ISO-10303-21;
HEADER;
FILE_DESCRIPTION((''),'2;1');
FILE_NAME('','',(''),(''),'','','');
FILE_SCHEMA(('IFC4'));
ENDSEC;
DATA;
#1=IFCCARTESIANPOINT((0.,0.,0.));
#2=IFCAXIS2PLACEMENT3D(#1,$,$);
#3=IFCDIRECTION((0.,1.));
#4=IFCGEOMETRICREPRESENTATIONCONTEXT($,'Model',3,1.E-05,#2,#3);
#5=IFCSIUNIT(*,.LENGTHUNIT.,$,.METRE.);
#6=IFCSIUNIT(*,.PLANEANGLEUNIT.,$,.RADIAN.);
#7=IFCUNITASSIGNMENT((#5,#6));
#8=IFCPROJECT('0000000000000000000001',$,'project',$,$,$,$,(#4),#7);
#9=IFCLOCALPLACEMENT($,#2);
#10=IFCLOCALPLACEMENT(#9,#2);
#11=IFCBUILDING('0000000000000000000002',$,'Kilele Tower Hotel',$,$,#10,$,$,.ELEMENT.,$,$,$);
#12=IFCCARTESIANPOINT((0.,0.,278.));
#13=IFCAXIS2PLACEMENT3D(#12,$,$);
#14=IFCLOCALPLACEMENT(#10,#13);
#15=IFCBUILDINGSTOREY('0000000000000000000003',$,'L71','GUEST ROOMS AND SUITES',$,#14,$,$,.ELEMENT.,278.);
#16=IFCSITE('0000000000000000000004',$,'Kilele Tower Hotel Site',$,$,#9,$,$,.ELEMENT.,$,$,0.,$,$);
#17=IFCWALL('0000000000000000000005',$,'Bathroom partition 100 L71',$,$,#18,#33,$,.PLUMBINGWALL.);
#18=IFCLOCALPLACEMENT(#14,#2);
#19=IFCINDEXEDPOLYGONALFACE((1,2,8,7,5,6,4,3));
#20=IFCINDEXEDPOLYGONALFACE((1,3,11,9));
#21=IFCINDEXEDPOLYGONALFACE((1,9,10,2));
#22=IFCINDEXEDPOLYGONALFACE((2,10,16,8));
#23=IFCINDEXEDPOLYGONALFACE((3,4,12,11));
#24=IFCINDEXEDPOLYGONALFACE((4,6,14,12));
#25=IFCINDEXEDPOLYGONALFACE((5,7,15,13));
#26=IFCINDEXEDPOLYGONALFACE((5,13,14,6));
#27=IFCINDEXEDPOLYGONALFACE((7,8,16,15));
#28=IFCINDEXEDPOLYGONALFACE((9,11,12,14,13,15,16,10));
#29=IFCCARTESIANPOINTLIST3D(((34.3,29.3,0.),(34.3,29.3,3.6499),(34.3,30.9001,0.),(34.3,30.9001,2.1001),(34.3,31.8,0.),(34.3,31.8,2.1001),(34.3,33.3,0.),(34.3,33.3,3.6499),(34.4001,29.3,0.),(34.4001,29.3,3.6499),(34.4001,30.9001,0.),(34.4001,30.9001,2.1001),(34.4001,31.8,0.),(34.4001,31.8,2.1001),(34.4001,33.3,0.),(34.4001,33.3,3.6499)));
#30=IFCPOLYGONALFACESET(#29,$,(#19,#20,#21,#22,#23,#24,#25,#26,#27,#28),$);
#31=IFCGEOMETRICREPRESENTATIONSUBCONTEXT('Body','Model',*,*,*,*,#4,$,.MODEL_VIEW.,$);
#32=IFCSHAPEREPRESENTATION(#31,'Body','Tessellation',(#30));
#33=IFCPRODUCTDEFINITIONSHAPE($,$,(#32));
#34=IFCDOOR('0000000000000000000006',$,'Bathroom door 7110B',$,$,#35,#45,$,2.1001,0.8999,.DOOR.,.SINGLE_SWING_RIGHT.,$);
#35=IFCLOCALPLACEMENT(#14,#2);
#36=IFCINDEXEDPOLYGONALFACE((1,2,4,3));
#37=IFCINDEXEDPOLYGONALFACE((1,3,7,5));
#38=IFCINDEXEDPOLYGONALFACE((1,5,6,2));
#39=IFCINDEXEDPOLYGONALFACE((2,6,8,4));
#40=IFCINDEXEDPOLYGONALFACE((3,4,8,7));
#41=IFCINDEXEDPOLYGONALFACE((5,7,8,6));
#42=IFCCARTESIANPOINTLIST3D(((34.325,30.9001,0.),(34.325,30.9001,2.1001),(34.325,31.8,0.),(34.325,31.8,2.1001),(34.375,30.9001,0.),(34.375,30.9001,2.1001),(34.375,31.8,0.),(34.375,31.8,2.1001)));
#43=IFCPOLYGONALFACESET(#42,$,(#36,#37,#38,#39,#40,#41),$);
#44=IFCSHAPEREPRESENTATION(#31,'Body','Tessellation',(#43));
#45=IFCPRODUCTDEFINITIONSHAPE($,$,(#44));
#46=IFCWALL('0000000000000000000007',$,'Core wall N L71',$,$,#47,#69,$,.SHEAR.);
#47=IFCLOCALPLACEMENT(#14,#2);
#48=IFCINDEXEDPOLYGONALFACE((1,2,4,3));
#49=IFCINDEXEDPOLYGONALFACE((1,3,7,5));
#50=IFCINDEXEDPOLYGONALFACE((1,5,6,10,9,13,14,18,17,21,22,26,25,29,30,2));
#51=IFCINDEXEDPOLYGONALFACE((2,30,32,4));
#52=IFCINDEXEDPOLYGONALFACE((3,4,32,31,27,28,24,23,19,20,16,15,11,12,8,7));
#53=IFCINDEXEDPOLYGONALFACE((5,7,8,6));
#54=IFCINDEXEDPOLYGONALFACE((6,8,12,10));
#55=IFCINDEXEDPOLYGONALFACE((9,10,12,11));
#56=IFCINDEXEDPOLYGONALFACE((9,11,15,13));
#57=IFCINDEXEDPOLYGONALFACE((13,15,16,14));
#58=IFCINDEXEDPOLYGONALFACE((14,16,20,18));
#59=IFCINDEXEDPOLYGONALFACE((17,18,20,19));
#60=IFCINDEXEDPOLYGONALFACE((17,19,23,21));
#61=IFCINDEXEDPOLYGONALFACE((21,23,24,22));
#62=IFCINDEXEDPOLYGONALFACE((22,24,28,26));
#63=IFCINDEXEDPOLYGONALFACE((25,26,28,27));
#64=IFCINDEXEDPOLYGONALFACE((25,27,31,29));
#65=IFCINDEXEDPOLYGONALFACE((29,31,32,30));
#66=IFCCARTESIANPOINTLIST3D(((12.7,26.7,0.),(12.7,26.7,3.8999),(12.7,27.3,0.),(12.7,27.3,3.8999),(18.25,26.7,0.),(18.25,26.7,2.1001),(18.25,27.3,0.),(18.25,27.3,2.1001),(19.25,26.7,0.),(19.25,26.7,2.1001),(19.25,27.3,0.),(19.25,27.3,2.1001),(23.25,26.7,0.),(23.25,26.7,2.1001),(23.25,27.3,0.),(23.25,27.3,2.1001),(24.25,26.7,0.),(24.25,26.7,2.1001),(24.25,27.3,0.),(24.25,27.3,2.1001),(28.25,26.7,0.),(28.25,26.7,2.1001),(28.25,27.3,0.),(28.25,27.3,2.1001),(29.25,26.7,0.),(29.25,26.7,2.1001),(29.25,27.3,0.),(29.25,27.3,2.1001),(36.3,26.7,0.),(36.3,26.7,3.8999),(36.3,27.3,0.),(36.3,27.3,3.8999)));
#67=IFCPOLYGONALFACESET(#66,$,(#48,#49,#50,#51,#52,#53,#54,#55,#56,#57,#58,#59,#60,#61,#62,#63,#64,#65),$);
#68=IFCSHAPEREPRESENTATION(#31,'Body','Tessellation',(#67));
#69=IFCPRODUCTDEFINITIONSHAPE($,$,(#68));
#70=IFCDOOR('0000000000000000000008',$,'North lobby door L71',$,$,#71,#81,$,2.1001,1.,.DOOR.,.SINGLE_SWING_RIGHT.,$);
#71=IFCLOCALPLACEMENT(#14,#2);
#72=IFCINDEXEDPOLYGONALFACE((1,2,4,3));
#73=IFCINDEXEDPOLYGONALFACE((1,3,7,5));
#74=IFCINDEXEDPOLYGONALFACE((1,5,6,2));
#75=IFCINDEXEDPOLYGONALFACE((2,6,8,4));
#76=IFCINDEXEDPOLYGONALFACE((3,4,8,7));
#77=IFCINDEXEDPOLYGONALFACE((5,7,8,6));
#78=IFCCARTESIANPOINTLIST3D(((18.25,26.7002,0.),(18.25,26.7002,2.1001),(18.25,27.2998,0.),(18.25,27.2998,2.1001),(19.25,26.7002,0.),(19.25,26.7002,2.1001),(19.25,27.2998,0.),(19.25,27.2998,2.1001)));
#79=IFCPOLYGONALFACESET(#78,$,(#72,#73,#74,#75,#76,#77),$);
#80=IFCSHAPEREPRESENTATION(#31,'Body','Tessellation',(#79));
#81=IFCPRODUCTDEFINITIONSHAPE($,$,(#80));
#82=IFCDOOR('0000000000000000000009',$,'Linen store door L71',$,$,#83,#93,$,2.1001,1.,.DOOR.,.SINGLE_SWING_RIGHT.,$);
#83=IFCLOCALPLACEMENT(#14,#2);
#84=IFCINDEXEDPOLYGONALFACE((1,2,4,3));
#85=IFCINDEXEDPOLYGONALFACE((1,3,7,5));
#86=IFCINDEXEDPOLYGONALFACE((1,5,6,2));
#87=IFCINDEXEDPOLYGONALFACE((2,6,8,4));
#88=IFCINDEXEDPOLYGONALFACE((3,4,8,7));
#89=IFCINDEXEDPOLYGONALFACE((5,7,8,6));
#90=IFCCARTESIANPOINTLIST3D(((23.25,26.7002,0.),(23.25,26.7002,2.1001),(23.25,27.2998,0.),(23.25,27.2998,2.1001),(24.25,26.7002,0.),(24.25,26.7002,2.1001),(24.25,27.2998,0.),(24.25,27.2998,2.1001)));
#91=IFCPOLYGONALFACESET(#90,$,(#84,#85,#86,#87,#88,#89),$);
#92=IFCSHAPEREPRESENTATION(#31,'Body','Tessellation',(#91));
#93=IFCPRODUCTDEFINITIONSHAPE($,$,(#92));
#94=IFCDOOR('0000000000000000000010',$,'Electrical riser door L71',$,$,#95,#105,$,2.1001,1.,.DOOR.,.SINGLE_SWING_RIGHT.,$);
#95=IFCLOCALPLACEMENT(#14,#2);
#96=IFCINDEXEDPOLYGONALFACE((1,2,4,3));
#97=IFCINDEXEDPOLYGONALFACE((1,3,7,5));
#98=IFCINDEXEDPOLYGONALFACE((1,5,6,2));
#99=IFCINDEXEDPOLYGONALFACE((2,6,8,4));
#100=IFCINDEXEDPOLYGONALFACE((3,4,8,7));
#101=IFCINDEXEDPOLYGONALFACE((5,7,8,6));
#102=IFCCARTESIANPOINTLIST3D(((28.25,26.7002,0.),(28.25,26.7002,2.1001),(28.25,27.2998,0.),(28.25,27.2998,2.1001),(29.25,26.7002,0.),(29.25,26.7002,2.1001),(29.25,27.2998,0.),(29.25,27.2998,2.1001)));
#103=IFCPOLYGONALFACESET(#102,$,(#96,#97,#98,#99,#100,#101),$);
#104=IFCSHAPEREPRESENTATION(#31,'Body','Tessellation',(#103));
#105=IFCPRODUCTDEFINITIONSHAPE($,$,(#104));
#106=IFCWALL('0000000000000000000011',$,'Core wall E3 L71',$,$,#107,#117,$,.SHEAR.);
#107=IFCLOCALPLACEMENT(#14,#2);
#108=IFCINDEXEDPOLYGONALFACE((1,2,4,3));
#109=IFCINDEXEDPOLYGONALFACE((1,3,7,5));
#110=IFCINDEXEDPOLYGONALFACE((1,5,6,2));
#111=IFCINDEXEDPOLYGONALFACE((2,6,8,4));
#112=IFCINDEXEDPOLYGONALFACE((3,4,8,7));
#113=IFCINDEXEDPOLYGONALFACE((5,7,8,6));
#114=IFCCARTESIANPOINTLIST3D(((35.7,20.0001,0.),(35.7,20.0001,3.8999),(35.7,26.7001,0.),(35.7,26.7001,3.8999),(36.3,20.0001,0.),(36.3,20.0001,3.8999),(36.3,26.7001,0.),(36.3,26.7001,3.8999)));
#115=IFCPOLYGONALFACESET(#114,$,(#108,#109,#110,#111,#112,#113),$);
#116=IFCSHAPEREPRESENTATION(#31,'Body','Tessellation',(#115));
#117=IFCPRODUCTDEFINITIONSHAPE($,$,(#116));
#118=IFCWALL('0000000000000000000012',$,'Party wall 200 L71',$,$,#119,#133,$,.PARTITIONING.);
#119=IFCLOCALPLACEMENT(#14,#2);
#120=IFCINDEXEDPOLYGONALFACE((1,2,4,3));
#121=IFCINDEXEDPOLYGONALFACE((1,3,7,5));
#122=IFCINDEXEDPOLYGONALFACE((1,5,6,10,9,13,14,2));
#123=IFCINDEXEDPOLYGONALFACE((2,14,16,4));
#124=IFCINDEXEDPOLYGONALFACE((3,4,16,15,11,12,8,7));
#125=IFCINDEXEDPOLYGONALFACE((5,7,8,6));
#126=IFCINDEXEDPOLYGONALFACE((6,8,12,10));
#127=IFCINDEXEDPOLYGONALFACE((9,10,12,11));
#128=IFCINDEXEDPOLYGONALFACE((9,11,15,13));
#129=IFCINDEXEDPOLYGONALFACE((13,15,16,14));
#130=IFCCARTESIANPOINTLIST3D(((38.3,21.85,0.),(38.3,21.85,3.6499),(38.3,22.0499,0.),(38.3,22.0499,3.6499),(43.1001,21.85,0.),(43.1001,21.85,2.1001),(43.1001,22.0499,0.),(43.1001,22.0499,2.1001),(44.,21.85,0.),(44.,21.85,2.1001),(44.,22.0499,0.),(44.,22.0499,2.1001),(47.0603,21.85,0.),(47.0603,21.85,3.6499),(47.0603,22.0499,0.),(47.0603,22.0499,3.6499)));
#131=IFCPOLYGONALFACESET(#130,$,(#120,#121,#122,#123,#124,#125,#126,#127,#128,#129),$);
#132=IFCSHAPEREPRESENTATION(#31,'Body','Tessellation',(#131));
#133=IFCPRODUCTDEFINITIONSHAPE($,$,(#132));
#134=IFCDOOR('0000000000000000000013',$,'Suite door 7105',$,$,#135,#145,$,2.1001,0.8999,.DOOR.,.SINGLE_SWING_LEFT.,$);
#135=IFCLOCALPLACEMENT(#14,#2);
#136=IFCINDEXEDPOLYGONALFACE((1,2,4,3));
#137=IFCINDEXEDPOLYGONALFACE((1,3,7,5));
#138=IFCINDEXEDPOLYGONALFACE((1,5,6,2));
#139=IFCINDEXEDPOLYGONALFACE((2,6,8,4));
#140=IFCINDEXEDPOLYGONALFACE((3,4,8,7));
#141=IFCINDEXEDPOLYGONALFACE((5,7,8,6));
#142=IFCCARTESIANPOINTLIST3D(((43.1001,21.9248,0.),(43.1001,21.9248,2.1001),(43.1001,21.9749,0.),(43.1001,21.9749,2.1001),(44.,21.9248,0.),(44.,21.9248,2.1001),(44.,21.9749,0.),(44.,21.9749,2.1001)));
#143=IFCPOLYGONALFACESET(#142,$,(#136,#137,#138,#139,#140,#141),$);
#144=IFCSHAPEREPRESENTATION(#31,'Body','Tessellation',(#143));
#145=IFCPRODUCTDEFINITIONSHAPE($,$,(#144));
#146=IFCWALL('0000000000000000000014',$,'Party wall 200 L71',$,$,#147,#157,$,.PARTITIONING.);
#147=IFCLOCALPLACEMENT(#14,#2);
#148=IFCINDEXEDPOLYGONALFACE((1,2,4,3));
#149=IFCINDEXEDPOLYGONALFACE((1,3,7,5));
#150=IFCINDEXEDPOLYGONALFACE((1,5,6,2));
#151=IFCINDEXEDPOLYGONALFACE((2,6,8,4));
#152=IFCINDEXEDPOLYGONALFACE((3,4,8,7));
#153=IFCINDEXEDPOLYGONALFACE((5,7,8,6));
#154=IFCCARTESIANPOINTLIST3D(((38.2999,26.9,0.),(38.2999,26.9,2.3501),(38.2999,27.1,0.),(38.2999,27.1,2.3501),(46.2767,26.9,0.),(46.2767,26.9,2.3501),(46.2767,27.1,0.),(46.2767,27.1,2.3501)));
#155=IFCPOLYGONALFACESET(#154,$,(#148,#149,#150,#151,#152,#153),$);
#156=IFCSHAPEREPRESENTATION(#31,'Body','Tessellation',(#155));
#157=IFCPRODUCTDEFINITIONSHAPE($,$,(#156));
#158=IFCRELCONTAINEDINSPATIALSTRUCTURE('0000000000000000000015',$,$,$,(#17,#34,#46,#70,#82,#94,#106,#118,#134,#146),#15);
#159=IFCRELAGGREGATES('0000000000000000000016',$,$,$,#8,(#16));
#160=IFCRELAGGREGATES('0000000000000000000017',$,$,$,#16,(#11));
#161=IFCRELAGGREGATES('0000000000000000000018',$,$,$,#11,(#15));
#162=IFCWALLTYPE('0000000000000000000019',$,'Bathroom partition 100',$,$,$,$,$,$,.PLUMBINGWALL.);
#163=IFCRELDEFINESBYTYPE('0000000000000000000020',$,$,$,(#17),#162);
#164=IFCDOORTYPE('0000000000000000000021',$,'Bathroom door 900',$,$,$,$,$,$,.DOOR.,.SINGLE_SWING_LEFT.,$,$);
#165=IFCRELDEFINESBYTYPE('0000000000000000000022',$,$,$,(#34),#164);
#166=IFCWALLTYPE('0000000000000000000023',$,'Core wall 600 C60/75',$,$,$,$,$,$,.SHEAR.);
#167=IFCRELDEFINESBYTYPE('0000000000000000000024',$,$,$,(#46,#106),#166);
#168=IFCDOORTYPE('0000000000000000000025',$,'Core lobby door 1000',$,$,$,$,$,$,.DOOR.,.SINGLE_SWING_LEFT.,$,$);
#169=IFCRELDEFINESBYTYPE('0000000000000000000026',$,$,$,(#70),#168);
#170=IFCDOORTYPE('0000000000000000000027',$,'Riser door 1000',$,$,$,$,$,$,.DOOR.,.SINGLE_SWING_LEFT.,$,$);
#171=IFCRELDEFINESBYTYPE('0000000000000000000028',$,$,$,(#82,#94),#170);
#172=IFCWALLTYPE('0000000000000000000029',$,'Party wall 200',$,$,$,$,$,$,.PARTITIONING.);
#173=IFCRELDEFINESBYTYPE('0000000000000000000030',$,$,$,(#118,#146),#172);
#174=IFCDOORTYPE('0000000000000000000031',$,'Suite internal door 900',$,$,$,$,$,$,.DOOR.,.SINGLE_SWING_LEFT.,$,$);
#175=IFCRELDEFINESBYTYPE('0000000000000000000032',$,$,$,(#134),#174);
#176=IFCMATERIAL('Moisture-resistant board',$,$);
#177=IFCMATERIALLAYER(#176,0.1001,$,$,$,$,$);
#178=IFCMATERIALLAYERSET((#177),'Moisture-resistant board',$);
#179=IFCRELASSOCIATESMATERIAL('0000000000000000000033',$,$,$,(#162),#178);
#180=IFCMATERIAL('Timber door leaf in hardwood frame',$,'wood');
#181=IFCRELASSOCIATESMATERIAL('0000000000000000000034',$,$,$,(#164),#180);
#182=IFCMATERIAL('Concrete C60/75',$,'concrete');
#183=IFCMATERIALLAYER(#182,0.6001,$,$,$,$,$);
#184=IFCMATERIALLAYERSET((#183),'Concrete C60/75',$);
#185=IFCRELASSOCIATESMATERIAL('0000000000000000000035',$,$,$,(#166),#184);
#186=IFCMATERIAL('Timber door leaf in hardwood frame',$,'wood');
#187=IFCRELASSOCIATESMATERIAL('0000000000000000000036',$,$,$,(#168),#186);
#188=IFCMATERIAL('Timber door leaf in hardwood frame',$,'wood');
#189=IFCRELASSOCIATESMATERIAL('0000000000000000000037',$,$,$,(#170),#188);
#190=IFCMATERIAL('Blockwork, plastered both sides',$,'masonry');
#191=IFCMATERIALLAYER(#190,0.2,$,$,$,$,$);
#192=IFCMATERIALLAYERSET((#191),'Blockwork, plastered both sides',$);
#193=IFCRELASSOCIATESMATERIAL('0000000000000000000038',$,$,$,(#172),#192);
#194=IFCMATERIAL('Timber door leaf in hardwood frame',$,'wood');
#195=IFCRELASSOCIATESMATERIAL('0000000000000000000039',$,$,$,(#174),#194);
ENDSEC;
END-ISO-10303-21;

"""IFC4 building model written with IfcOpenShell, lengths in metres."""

from ifc_helpers import new_model, si_unit, direction, frame, frame_2d, origin, place, context, subcontext, project, spatial, rectangle, extrude, material, layer, layer_set, type_object, element, fill, save


model = new_model("IFC4")

# Units and contexts
model_context = context("Model", 3, precision=1e-05, world=origin(), true_north=direction((0.0, 1.0)))
body_context = subcontext(model_context, "Body", "Model", "MODEL_VIEW")
ifc_project = project(units=[si_unit("LENGTHUNIT", "METRE"), si_unit("PLANEANGLEUNIT", "RADIAN")], contexts=[model_context])

# Site, building, storey
site_placement = place(None, origin())
site = spatial("IfcSite", under=ifc_project, at=site_placement, Name="Kilele Tower Hotel Site", CompositionType="ELEMENT", RefElevation=0.0)
building_placement = place(site_placement, origin())
building = spatial("IfcBuilding", under=site, at=building_placement, Name="Kilele Tower Hotel", CompositionType="ELEMENT")
storey_placement = place(building_placement, frame((0.0, 0.0, 278.0)))
storey = spatial("IfcBuildingStorey", under=building, at=storey_placement, Name="L71", Description="GUEST ROOMS AND SUITES", CompositionType="ELEMENT", Elevation=278.0)

# Shared definitions
ifc_material_1 = material(Name="Moisture-resistant board")
ifc_layer_1 = layer(ifc_material_1, 0.1001)
ifc_layer_set_1 = layer_set([ifc_layer_1], Name="Moisture-resistant board")
wall_type_1 = type_object("IfcWallType", Name="Bathroom partition 100", PredefinedType="PLUMBINGWALL", material=ifc_layer_set_1)
ifc_material_2 = material(Name="Timber door leaf in hardwood frame", Category="wood")
door_type_1 = type_object("IfcDoorType", Name="Bathroom door 900", OperationType="SINGLE_SWING_LEFT", PredefinedType="DOOR", material=ifc_material_2)

# Wall, opening, door
wall_1_placement = place(storey_placement, frame((34.3501, 29.3, 0.0), z_axis=(0.0, 0.0, 1.0), x_axis=(0.0, 1.0, 0.0)))
wall_1 = element("IfcWall", 1, at=wall_1_placement, inside=storey, type_object=wall_type_1, Name="Bathroom partition 100 L71", PredefinedType="PLUMBINGWALL", context=body_context, shape_type="SweptSolid", body=[
    extrude(rectangle(XDim=4.0, YDim=0.1001, at=frame_2d((2.0, 0.0))), origin(), (0.0, 0.0, 1.0), 3.6499),
])
opening_1_placement = place(wall_1_placement, frame((2.5, 0.0, 0.0), z_axis=(0.0, 0.0, 1.0), x_axis=(-1.0, 0.0, 0.0)))
opening_1 = element("IfcOpeningElement", 2, at=opening_1_placement, cuts=wall_1, PredefinedType="OPENING", context=body_context, shape_type="SweptSolid", body=[
    extrude(rectangle(XDim=0.8999, YDim=2.1001, at=frame_2d((0.45, 1.05))), frame((0.0, 0.0601, 0.0), z_axis=(0.0, -1.0, 0.0), x_axis=(1.0, 0.0, 0.0)), (0.0, 0.0, 1.0), 0.1201),
])
door_1_placement = place(opening_1_placement, origin())
door_1 = element("IfcDoor", 3, at=door_1_placement, inside=storey, type_object=door_type_1, Name="Bathroom door 7110B", OperationType="SINGLE_SWING_RIGHT", OverallHeight=2.1001, OverallWidth=0.8999, PredefinedType="DOOR", context=body_context, shape_type="SweptSolid", body=[
    extrude(rectangle(XDim=0.8999, YDim=2.1001, at=frame_2d((0.45, 1.05))), frame((0.0, 0.0249, 0.0), z_axis=(0.0, -1.0, 0.0), x_axis=(1.0, 0.0, 0.0)), (0.0, 0.0, 1.0), 0.05),
])
fill(opening_1, door_1)

# Wall, openings, doors
ifc_material_3 = material(Name="Concrete C60/75", Category="concrete")
ifc_layer_2 = layer(ifc_material_3, 0.6001)
ifc_layer_set_2 = layer_set([ifc_layer_2], Name="Concrete C60/75")
wall_type_2 = type_object("IfcWallType", Name="Core wall 600 C60/75", PredefinedType="SHEAR", material=ifc_layer_set_2)
wall_2_placement = place(storey_placement, frame((36.3, 27.0, 0.0), z_axis=(0.0, 0.0, 1.0), x_axis=(-1.0, 0.0, 0.0)))
wall_2 = element("IfcWall", 4, at=wall_2_placement, inside=storey, type_object=wall_type_2, Name="Core wall N L71", PredefinedType="SHEAR", context=body_context, shape_type="SweptSolid", body=[
    extrude(rectangle(XDim=23.6001, YDim=0.6001, at=frame_2d((11.8, 0.0))), origin(), (0.0, 0.0, 1.0), 3.8999),
])
opening_2_placement = place(wall_2_placement, frame((17.05, 0.0, 0.0)))
opening_2 = element("IfcOpeningElement", 5, at=opening_2_placement, cuts=wall_2, PredefinedType="OPENING", context=body_context, shape_type="SweptSolid", body=[
    extrude(rectangle(XDim=1.0, YDim=2.1001, at=frame_2d((0.5, 1.05))), frame((0.0, 0.3101, 0.0), z_axis=(0.0, -1.0, 0.0), x_axis=(1.0, 0.0, 0.0)), (0.0, 0.0, 1.0), 0.6201),
])
opening_3_placement = place(wall_2_placement, frame((12.05, 0.0, 0.0)))
opening_3 = element("IfcOpeningElement", 6, at=opening_3_placement, cuts=wall_2, PredefinedType="OPENING", context=body_context, shape_type="SweptSolid", body=[
    extrude(rectangle(XDim=1.0, YDim=2.1001, at=frame_2d((0.5, 1.05))), frame((0.0, 0.3101, 0.0), z_axis=(0.0, -1.0, 0.0), x_axis=(1.0, 0.0, 0.0)), (0.0, 0.0, 1.0), 0.6201),
])
opening_4_placement = place(wall_2_placement, frame((7.05, 0.0, 0.0)))
opening_4 = element("IfcOpeningElement", 7, at=opening_4_placement, cuts=wall_2, PredefinedType="OPENING", context=body_context, shape_type="SweptSolid", body=[
    extrude(rectangle(XDim=1.0, YDim=2.1001, at=frame_2d((0.5, 1.05))), frame((0.0, 0.3101, 0.0), z_axis=(0.0, -1.0, 0.0), x_axis=(1.0, 0.0, 0.0)), (0.0, 0.0, 1.0), 0.6201),
])
ifc_material_4 = material(Name="Timber door leaf in hardwood frame", Category="wood")
door_type_2 = type_object("IfcDoorType", Name="Core lobby door 1000", OperationType="SINGLE_SWING_LEFT", PredefinedType="DOOR", material=ifc_material_4)
door_2_placement = place(opening_2_placement, origin())
door_2 = element("IfcDoor", 8, at=door_2_placement, inside=storey, type_object=door_type_2, Name="North lobby door L71", OperationType="SINGLE_SWING_RIGHT", OverallHeight=2.1001, OverallWidth=1.0, PredefinedType="DOOR", context=body_context, shape_type="SweptSolid", body=[
    extrude(rectangle(XDim=1.0, YDim=2.1001, at=frame_2d((0.5, 1.05))), frame((0.0, 0.2998, 0.0), z_axis=(0.0, -1.0, 0.0), x_axis=(1.0, 0.0, 0.0)), (0.0, 0.0, 1.0), 0.5996),
])
fill(opening_2, door_2)
ifc_material_5 = material(Name="Timber door leaf in hardwood frame", Category="wood")
door_type_3 = type_object("IfcDoorType", Name="Riser door 1000", OperationType="SINGLE_SWING_LEFT", PredefinedType="DOOR", material=ifc_material_5)
door_3_placement = place(opening_3_placement, origin())
door_3 = element("IfcDoor", 9, at=door_3_placement, inside=storey, type_object=door_type_3, Name="Linen store door L71", OperationType="SINGLE_SWING_RIGHT", OverallHeight=2.1001, OverallWidth=1.0, PredefinedType="DOOR", context=body_context, shape_type="SweptSolid", body=[
    extrude(rectangle(XDim=1.0, YDim=2.1001, at=frame_2d((0.5, 1.05))), frame((0.0, 0.2998, 0.0), z_axis=(0.0, -1.0, 0.0), x_axis=(1.0, 0.0, 0.0)), (0.0, 0.0, 1.0), 0.5996),
])
fill(opening_3, door_3)
door_4_placement = place(opening_4_placement, origin())
door_4 = element("IfcDoor", 10, at=door_4_placement, inside=storey, type_object=door_type_3, Name="Electrical riser door L71", OperationType="SINGLE_SWING_RIGHT", OverallHeight=2.1001, OverallWidth=1.0, PredefinedType="DOOR", context=body_context, shape_type="SweptSolid", body=[
    extrude(rectangle(XDim=1.0, YDim=2.1001, at=frame_2d((0.5, 1.05))), frame((0.0, 0.2998, 0.0), z_axis=(0.0, -1.0, 0.0), x_axis=(1.0, 0.0, 0.0)), (0.0, 0.0, 1.0), 0.5996),
])
fill(opening_4, door_4)

# Wall
wall_3_placement = place(storey_placement, frame((36.0, 20.0, 0.0), z_axis=(0.0, 0.0, 1.0), x_axis=(0.0, 1.0, 0.0)))
element("IfcWall", 11, at=wall_3_placement, inside=storey, type_object=wall_type_2, Name="Core wall E3 L71", PredefinedType="SHEAR", context=body_context, shape_type="SweptSolid", body=[
    extrude(rectangle(XDim=6.7, YDim=0.6001, at=frame_2d((3.3501, 0.0))), origin(), (0.0, 0.0, 1.0), 3.8999),
])

# Wall, opening, door
ifc_material_6 = material(Name="Blockwork, plastered both sides", Category="masonry")
ifc_layer_3 = layer(ifc_material_6, 0.2)
ifc_layer_set_3 = layer_set([ifc_layer_3], Name="Blockwork, plastered both sides")
wall_type_3 = type_object("IfcWallType", Name="Party wall 200", PredefinedType="PARTITIONING", material=ifc_layer_set_3)
wall_4_placement = place(storey_placement, frame((38.3, 21.95, 0.0), z_axis=(0.0, 0.0, 1.0), x_axis=(1.0, 0.0, 0.0)))
wall_4 = element("IfcWall", 12, at=wall_4_placement, inside=storey, type_object=wall_type_3, Name="Party wall 200 L71", PredefinedType="PARTITIONING", context=body_context, shape_type="SweptSolid", body=[
    extrude(rectangle(XDim=8.7603, YDim=0.2, at=frame_2d((4.3801, 0.0))), origin(), (0.0, 0.0, 1.0), 3.6499),
])
opening_5_placement = place(wall_4_placement, frame((4.8, 0.0, 0.0)))
opening_5 = element("IfcOpeningElement", 13, at=opening_5_placement, cuts=wall_4, PredefinedType="OPENING", context=body_context, shape_type="SweptSolid", body=[
    extrude(rectangle(XDim=0.8999, YDim=2.1001, at=frame_2d((0.45, 1.05))), frame((0.0, 0.1099, 0.0), z_axis=(0.0, -1.0, 0.0), x_axis=(1.0, 0.0, 0.0)), (0.0, 0.0, 1.0), 0.22),
])
ifc_material_7 = material(Name="Timber door leaf in hardwood frame", Category="wood")
door_type_4 = type_object("IfcDoorType", Name="Suite internal door 900", OperationType="SINGLE_SWING_LEFT", PredefinedType="DOOR", material=ifc_material_7)
door_5_placement = place(opening_5_placement, origin())
door_5 = element("IfcDoor", 14, at=door_5_placement, inside=storey, type_object=door_type_4, Name="Suite door 7105", OperationType="SINGLE_SWING_LEFT", OverallHeight=2.1001, OverallWidth=0.8999, PredefinedType="DOOR", context=body_context, shape_type="SweptSolid", body=[
    extrude(rectangle(XDim=0.8999, YDim=2.1001, at=frame_2d((0.45, 1.05))), frame((0.0, 0.0249, 0.0), z_axis=(0.0, -1.0, 0.0), x_axis=(1.0, 0.0, 0.0)), (0.0, 0.0, 1.0), 0.05),
])
fill(opening_5, door_5)

# Wall
wall_5_placement = place(storey_placement, frame((38.3, 27.0, 0.0), z_axis=(0.0, 0.0, 1.0), x_axis=(1.0, 0.0, 0.0)))
element("IfcWall", 15, at=wall_5_placement, inside=storey, type_object=wall_type_3, Name="Party wall 200 L71", PredefinedType="PARTITIONING", context=body_context, shape_type="SweptSolid", body=[
    extrude(rectangle(XDim=7.9768, YDim=0.2, at=frame_2d((3.9883, 0.0))), origin(), (0.0, 0.0, 1.0), 2.3501),
])

save(model, "model.ifc")
